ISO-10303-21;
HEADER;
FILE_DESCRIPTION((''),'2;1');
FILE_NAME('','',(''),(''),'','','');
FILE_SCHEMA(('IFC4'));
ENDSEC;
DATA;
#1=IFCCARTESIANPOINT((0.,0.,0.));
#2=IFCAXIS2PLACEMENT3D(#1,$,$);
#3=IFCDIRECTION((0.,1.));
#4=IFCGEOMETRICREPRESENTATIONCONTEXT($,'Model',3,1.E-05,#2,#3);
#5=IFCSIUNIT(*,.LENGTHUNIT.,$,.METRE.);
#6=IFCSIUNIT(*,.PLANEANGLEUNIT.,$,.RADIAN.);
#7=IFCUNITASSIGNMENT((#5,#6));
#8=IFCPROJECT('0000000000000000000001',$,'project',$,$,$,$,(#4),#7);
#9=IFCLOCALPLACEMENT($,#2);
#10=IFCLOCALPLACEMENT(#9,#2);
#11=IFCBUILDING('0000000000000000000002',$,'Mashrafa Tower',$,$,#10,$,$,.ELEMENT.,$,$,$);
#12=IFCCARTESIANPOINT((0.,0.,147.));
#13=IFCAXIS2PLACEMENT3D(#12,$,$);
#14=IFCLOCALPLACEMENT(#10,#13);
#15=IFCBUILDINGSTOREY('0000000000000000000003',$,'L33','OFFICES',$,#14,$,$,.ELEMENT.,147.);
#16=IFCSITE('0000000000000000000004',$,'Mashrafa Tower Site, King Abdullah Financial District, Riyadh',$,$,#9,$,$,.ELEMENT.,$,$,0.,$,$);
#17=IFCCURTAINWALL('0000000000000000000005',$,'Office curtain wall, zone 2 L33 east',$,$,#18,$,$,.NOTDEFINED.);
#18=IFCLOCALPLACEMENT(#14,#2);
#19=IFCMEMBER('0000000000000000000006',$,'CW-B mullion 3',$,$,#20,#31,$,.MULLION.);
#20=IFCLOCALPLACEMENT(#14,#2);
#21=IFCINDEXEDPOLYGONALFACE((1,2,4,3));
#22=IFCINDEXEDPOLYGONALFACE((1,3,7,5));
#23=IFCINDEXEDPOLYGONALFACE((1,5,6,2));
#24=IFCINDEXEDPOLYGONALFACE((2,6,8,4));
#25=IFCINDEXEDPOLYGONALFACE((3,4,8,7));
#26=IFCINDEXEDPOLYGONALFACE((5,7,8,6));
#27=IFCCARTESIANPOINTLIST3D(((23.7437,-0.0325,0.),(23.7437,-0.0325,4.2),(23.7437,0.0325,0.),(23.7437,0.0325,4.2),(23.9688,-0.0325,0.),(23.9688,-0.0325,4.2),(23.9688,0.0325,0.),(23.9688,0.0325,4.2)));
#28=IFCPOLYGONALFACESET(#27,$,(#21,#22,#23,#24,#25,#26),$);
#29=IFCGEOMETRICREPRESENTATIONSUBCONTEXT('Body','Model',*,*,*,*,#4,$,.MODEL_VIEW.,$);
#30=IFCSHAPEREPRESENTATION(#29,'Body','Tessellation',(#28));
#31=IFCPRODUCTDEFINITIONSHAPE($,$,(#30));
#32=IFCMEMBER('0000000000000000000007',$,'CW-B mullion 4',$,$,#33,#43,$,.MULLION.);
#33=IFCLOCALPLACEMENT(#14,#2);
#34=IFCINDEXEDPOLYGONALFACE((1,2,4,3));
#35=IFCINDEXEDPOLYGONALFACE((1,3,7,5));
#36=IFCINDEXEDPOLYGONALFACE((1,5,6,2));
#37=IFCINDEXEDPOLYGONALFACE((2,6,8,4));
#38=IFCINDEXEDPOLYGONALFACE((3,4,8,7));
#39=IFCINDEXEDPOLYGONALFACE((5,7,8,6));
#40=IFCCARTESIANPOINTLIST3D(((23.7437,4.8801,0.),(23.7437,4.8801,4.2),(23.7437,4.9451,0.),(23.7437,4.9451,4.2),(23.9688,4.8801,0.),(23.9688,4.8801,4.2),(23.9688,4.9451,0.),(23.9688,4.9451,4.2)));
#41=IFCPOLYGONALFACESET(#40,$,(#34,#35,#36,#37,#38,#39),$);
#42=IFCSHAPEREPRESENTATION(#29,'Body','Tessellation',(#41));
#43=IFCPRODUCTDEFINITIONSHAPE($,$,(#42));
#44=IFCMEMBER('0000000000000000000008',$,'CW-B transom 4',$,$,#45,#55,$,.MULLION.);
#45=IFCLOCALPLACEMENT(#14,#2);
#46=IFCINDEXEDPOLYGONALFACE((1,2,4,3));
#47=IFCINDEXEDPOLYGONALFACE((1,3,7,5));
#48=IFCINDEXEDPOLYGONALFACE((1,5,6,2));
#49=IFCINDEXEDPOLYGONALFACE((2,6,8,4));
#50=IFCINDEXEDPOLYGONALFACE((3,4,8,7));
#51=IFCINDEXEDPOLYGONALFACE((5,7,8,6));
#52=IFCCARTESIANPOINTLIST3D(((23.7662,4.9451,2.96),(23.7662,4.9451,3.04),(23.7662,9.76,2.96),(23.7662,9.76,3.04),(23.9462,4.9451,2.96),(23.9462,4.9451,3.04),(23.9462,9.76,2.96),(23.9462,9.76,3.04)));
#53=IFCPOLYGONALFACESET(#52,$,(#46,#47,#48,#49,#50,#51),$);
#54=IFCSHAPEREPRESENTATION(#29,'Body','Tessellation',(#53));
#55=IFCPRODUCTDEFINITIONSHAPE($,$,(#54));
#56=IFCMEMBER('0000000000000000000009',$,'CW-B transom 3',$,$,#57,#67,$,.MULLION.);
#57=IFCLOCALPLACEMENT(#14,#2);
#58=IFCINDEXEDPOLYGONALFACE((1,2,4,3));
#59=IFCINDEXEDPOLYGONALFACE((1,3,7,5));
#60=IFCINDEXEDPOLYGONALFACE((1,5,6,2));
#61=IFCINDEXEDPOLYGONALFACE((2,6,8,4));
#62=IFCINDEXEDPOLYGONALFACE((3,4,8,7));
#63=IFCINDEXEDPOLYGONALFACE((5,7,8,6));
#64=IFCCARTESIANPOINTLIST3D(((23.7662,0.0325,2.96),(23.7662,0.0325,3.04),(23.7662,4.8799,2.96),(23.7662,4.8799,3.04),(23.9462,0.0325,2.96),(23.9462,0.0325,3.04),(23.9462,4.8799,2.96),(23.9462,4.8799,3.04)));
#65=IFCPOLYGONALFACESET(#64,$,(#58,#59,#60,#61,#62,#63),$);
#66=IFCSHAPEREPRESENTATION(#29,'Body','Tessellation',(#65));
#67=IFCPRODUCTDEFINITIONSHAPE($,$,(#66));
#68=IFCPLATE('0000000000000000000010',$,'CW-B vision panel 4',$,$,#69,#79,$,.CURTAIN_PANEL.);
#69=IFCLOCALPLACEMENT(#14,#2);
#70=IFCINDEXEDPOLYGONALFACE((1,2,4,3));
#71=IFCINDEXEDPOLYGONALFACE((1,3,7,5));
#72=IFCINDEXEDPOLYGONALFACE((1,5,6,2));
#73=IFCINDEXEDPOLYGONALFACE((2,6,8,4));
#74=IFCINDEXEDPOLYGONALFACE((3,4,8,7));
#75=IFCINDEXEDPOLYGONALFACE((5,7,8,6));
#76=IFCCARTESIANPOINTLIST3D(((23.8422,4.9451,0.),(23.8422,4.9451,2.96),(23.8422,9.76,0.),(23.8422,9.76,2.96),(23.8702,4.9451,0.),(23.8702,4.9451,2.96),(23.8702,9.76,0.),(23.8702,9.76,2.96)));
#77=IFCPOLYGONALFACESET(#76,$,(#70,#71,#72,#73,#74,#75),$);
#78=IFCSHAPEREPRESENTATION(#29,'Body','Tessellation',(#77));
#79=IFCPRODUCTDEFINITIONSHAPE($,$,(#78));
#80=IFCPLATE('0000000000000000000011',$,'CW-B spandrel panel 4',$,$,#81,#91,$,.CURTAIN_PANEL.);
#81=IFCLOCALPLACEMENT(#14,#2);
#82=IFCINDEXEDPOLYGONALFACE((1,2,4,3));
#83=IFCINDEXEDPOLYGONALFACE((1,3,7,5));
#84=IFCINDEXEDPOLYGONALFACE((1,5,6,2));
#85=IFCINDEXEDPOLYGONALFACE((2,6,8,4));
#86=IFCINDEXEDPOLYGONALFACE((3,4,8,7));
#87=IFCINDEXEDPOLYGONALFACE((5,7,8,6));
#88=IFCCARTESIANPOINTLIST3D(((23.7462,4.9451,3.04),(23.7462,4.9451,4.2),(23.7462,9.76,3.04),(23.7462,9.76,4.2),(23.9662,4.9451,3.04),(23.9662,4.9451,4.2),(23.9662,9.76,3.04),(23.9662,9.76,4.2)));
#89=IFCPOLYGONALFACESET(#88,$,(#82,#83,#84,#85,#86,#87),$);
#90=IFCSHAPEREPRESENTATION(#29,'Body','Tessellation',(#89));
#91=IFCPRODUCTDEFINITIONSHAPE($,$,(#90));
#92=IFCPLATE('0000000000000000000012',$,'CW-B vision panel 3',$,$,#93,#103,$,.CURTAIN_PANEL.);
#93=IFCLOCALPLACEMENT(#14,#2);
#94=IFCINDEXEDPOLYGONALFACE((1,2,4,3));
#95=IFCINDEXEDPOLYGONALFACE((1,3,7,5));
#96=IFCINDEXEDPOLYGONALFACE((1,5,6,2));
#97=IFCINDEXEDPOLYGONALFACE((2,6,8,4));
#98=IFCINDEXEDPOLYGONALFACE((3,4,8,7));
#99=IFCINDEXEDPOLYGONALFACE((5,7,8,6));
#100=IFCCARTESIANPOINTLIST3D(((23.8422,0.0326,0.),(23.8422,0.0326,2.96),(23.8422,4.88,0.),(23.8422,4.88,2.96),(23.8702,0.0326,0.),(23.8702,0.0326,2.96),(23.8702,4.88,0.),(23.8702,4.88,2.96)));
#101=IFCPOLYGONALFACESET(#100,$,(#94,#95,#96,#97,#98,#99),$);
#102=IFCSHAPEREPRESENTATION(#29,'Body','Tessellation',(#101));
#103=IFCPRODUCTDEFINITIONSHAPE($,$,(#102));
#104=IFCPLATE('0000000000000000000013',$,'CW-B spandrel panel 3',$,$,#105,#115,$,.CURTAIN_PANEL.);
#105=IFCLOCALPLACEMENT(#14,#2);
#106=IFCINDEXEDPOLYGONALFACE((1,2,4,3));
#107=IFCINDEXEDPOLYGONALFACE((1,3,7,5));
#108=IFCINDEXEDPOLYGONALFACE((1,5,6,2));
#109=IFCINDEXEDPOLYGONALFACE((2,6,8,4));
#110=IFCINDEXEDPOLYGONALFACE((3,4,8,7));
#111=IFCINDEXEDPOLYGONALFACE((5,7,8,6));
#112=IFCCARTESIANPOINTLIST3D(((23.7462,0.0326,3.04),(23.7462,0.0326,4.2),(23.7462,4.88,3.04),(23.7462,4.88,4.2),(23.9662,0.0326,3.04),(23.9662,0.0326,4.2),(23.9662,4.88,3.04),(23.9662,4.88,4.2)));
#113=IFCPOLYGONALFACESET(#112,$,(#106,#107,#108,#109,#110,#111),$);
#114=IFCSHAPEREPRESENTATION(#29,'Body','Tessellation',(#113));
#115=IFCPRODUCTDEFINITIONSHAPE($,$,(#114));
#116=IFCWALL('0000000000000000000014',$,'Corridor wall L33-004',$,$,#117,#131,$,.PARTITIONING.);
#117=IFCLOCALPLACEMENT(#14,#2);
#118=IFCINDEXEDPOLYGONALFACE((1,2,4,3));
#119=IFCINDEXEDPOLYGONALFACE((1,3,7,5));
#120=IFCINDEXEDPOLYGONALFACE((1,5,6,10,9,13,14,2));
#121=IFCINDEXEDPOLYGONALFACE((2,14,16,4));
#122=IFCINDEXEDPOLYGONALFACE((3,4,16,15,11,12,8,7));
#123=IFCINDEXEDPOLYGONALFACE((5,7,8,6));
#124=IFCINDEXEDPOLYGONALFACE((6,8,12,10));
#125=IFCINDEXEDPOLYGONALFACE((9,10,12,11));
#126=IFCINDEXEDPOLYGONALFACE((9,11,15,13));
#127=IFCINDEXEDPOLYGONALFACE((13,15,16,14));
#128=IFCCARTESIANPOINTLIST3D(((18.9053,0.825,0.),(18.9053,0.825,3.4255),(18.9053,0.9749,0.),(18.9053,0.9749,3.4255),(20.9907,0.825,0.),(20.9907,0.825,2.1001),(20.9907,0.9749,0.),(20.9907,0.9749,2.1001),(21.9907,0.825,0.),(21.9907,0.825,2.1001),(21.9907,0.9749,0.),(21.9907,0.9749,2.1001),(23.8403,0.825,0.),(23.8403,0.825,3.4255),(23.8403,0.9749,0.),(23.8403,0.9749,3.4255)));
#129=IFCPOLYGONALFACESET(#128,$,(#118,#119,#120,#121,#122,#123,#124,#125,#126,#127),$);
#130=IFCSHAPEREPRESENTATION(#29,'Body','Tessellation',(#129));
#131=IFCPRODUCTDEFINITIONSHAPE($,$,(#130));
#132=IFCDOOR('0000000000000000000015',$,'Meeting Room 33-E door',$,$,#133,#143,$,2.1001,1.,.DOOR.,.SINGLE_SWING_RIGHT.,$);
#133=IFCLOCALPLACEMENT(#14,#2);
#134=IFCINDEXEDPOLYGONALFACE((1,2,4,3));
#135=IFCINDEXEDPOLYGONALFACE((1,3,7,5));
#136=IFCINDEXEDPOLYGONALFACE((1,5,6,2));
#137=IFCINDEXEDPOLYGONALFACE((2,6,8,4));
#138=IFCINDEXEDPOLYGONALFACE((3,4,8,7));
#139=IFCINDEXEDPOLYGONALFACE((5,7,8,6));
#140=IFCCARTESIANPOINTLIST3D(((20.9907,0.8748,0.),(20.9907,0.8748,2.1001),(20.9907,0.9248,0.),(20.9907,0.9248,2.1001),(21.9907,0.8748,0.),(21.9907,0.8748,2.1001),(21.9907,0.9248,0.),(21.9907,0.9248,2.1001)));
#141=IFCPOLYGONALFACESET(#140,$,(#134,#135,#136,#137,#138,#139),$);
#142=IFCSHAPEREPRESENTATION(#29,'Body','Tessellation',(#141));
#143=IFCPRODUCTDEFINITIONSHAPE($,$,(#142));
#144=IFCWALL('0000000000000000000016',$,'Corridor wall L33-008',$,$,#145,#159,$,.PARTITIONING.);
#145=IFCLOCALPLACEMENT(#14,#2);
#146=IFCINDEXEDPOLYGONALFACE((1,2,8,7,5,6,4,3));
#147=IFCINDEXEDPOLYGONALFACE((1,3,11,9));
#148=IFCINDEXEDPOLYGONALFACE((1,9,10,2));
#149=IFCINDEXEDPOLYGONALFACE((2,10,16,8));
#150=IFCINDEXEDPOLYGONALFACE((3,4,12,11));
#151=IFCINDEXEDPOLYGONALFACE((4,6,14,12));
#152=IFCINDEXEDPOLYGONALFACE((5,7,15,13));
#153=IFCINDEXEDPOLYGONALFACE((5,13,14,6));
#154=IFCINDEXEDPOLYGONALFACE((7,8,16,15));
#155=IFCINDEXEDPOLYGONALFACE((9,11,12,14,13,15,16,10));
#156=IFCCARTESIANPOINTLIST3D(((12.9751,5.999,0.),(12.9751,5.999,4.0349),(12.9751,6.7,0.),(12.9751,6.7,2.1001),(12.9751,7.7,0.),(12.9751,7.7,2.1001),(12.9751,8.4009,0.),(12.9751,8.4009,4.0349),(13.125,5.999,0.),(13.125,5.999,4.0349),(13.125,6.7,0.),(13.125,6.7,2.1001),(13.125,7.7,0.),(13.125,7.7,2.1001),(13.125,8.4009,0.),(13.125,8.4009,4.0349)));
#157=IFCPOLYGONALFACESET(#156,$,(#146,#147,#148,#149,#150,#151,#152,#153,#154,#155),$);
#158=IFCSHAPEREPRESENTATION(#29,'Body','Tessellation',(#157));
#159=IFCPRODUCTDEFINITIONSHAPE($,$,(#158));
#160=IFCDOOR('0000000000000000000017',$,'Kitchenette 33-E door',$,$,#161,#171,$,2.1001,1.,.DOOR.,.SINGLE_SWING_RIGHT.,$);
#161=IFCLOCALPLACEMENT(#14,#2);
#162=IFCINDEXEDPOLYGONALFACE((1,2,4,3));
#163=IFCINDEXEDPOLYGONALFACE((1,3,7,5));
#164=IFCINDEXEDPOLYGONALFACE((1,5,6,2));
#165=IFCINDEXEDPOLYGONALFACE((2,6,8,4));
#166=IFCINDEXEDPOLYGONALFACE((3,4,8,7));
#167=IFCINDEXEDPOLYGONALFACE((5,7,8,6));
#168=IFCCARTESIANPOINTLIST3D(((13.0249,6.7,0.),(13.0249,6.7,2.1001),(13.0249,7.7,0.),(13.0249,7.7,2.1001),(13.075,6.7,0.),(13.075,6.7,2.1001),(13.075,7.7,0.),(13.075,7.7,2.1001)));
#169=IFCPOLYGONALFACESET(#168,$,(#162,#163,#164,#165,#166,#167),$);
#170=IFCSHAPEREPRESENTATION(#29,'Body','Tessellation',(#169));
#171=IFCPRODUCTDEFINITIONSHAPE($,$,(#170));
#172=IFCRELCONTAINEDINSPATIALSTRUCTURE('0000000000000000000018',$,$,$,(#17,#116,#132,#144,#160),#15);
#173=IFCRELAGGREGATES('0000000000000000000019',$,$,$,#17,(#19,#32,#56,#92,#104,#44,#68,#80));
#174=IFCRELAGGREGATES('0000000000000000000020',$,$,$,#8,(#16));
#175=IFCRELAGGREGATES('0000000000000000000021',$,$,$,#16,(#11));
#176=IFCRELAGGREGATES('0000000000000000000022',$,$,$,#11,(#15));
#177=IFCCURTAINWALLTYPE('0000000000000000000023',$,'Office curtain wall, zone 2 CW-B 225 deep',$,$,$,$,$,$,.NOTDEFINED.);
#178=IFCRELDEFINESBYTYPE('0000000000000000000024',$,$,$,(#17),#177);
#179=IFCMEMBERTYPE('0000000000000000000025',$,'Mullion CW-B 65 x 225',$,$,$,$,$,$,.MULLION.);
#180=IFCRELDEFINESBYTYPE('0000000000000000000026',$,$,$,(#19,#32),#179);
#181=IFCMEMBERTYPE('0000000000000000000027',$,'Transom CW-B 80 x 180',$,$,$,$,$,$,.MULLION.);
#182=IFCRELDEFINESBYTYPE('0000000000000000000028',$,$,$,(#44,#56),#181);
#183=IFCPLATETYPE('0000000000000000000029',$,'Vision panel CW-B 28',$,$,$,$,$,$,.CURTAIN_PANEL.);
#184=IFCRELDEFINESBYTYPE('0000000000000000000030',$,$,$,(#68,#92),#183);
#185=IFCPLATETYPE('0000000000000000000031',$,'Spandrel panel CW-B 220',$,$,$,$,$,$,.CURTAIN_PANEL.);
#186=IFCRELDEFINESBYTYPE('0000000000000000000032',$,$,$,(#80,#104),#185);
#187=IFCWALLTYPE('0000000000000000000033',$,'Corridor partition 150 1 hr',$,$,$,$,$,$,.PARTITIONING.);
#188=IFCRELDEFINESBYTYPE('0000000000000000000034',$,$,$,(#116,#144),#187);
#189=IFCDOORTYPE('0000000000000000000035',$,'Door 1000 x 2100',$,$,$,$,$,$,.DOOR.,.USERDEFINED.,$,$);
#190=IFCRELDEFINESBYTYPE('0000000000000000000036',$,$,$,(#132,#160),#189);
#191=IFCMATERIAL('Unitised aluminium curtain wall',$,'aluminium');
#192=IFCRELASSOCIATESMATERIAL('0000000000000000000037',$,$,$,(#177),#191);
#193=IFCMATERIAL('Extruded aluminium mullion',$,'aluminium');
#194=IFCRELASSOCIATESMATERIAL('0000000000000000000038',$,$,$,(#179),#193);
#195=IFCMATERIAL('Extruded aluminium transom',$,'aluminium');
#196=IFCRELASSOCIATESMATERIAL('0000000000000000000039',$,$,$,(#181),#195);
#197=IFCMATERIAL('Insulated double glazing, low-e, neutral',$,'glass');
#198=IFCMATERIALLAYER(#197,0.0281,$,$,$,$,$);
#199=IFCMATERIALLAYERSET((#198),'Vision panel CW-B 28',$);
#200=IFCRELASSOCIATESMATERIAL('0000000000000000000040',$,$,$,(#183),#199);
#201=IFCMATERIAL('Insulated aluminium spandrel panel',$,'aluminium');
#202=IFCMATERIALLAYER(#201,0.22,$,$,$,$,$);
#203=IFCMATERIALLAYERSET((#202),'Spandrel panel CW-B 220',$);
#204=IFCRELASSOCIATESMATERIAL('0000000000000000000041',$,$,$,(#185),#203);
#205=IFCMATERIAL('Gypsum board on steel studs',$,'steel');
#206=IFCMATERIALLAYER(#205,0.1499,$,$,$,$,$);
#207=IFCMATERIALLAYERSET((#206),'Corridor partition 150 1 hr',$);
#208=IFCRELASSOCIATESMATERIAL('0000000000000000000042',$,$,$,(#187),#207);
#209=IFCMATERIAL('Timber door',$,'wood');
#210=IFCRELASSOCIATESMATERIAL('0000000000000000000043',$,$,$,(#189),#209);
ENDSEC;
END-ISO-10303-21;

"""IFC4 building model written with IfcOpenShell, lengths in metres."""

from ifc_helpers import new_model, si_unit, direction, frame, frame_2d, origin, origin_2d, place, context, subcontext, project, spatial, rectangle, extrude, source, transform, mapped, material, layer, layer_set, material_profile, profile_set, type_object, type_shapes, element, fill, aggregate, save


model = new_model("IFC4")

# Units and contexts
model_context = context("Model", 3, precision=1e-05, world=origin(), true_north=direction((0.0, 1.0)))
body_context = subcontext(model_context, "Body", "Model", "MODEL_VIEW")
ifc_project = project(units=[si_unit("LENGTHUNIT", "METRE"), si_unit("PLANEANGLEUNIT", "RADIAN")], contexts=[model_context])

# Site, building, storey
site_placement = place(None, origin())
site = spatial("IfcSite", under=ifc_project, at=site_placement, Name="Mashrafa Tower Site, King Abdullah Financial District, Riyadh", CompositionType="ELEMENT", RefElevation=0.0)
building_placement = place(site_placement, origin())
building = spatial("IfcBuilding", under=site, at=building_placement, Name="Mashrafa Tower", CompositionType="ELEMENT")
storey_placement = place(building_placement, frame((0.0, 0.0, 147.0)))
storey = spatial("IfcBuildingStorey", under=building, at=storey_placement, Name="L33", Description="OFFICES", CompositionType="ELEMENT", Elevation=147.0)

# Curtain wall, members, plates
ifc_material_1 = material(Name="Unitised aluminium curtain wall", Category="aluminium")
curtain_wall_type = type_object("IfcCurtainWallType", Name="Office curtain wall, zone 2 CW-B 225 deep", PredefinedType="NOTDEFINED", material=ifc_material_1)
curtain_wall_placement = place(storey_placement, origin())
curtain_wall = element("IfcCurtainWall", 1, at=curtain_wall_placement, inside=storey, type_object=curtain_wall_type, Name="Office curtain wall, zone 2 L33 east", PredefinedType="NOTDEFINED")
ifc_material_2 = material(Name="Extruded aluminium mullion", Category="aluminium")
ifc_material_profile_1 = material_profile(ifc_material_2, rectangle(XDim=0.2251, YDim=0.0649, at=origin_2d()), Name="Mullion 65x225")
ifc_profile_set_1 = profile_set([ifc_material_profile_1], Name="Extruded aluminium mullion")
member_type_1 = type_object("IfcMemberType", Name="Mullion CW-B 65 x 225", PredefinedType="MULLION", material=ifc_profile_set_1)
shared_shape_1 = source(origin(), body_context, "Body", "SweptSolid", [
    extrude(rectangle(XDim=0.2251, YDim=0.0649, at=origin_2d()), origin(), (0.0, 0.0, 1.0), 4.2),
])
type_shapes(member_type_1, [shared_shape_1])
member_1_placement = place(storey_placement, frame((23.8562, 0.0, 0.0), z_axis=(0.0, 0.0, 1.0), x_axis=(-1.0, 0.0, 0.0)))
member_1 = element("IfcMember", 2, at=member_1_placement, type_object=member_type_1, Name="CW-B mullion 3", PredefinedType="MULLION", context=body_context, shape_type="MappedRepresentation", body=[
    mapped(shared_shape_1, transform((0.0, 0.0, 0.0))),
])
member_2_placement = place(storey_placement, frame((23.8562, 4.9126, 0.0), z_axis=(0.0, 0.0, 1.0), x_axis=(-1.0, 0.0, 0.0)))
member_2 = element("IfcMember", 3, at=member_2_placement, type_object=member_type_1, Name="CW-B mullion 4", PredefinedType="MULLION", context=body_context, shape_type="MappedRepresentation", body=[
    mapped(shared_shape_1, transform((0.0, 0.0, 0.0))),
])
ifc_material_3 = material(Name="Extruded aluminium transom", Category="aluminium")
ifc_material_profile_2 = material_profile(ifc_material_3, rectangle(XDim=0.1799, YDim=0.0801, at=origin_2d()), Name="Transom 80x180")
ifc_profile_set_2 = profile_set([ifc_material_profile_2], Name="Extruded aluminium transom")
member_type_2 = type_object("IfcMemberType", Name="Transom CW-B 80 x 180", PredefinedType="MULLION", material=ifc_profile_set_2)
shared_shape_2 = source(origin(), body_context, "Body", "SweptSolid", [
    extrude(rectangle(XDim=0.1799, YDim=0.0801, at=origin_2d()), origin(), (0.0, 0.0, 1.0), 4.8149),
])
member_3_placement = place(storey_placement, frame((23.8562, 4.9451, 3.0), z_axis=(0.0, 1.0, 0.0), x_axis=(-1.0, 0.0, 0.0)))
member_3 = element("IfcMember", 4, at=member_3_placement, type_object=member_type_2, Name="CW-B transom 4", PredefinedType="MULLION", context=body_context, shape_type="MappedRepresentation", body=[
    mapped(shared_shape_2, transform((0.0, 0.0, 0.0))),
])
shared_shape_3 = source(origin(), body_context, "Body", "SweptSolid", [
    extrude(rectangle(XDim=0.1799, YDim=0.0801, at=origin_2d()), origin(), (0.0, 0.0, 1.0), 4.8474),
])
type_shapes(member_type_2, [shared_shape_2, shared_shape_3])
member_4_placement = place(storey_placement, frame((23.8562, 0.0325, 3.0), z_axis=(0.0, 1.0, 0.0), x_axis=(-1.0, 0.0, 0.0)))
member_4 = element("IfcMember", 5, at=member_4_placement, type_object=member_type_2, Name="CW-B transom 3", PredefinedType="MULLION", context=body_context, shape_type="MappedRepresentation", body=[
    mapped(shared_shape_3, transform((0.0, 0.0, 0.0))),
])
ifc_material_4 = material(Name="Insulated double glazing, low-e, neutral", Category="glass")
ifc_layer_1 = layer(ifc_material_4, 0.0281)
ifc_layer_set_1 = layer_set([ifc_layer_1], Name="Vision panel CW-B 28")
plate_type_1 = type_object("IfcPlateType", Name="Vision panel CW-B 28", PredefinedType="CURTAIN_PANEL", material=ifc_layer_set_1)
shared_shape_4 = source(origin(), body_context, "Body", "SweptSolid", [
    extrude(rectangle(XDim=4.8149, YDim=0.0281, at=origin_2d()), origin(), (0.0, 0.0, 1.0), 2.96),
])
plate_1_placement = place(storey_placement, frame((23.8562, 7.3525, 0.0), z_axis=(0.0, 0.0, 1.0), x_axis=(0.0, 1.0, 0.0)))
plate_1 = element("IfcPlate", 6, at=plate_1_placement, type_object=plate_type_1, Name="CW-B vision panel 4", PredefinedType="CURTAIN_PANEL", context=body_context, shape_type="MappedRepresentation", body=[
    mapped(shared_shape_4, transform((0.0, 0.0, 0.0))),
])
ifc_material_5 = material(Name="Insulated aluminium spandrel panel", Category="aluminium")
ifc_layer_2 = layer(ifc_material_5, 0.22)
ifc_layer_set_2 = layer_set([ifc_layer_2], Name="Spandrel panel CW-B 220")
plate_type_2 = type_object("IfcPlateType", Name="Spandrel panel CW-B 220", PredefinedType="CURTAIN_PANEL", material=ifc_layer_set_2)
shared_shape_5 = source(origin(), body_context, "Body", "SweptSolid", [
    extrude(rectangle(XDim=4.8149, YDim=0.22, at=origin_2d()), origin(), (0.0, 0.0, 1.0), 1.1599),
])
plate_2_placement = place(storey_placement, frame((23.8562, 7.3525, 3.04), z_axis=(0.0, 0.0, 1.0), x_axis=(0.0, 1.0, 0.0)))
plate_2 = element("IfcPlate", 7, at=plate_2_placement, type_object=plate_type_2, Name="CW-B spandrel panel 4", PredefinedType="CURTAIN_PANEL", context=body_context, shape_type="MappedRepresentation", body=[
    mapped(shared_shape_5, transform((0.0, 0.0, 0.0))),
])
shared_shape_6 = source(origin(), body_context, "Body", "SweptSolid", [
    extrude(rectangle(XDim=4.8474, YDim=0.0281, at=origin_2d()), origin(), (0.0, 0.0, 1.0), 2.96),
])
type_shapes(plate_type_1, [shared_shape_4, shared_shape_6])
plate_3_placement = place(storey_placement, frame((23.8562, 2.4563, 0.0), z_axis=(0.0, 0.0, 1.0), x_axis=(0.0, 1.0, 0.0)))
plate_3 = element("IfcPlate", 8, at=plate_3_placement, type_object=plate_type_1, Name="CW-B vision panel 3", PredefinedType="CURTAIN_PANEL", context=body_context, shape_type="MappedRepresentation", body=[
    mapped(shared_shape_6, transform((0.0, 0.0, 0.0))),
])
shared_shape_7 = source(origin(), body_context, "Body", "SweptSolid", [
    extrude(rectangle(XDim=4.8474, YDim=0.22, at=origin_2d()), origin(), (0.0, 0.0, 1.0), 1.1599),
])
type_shapes(plate_type_2, [shared_shape_5, shared_shape_7])
plate_4_placement = place(storey_placement, frame((23.8562, 2.4563, 3.04), z_axis=(0.0, 0.0, 1.0), x_axis=(0.0, 1.0, 0.0)))
plate_4 = element("IfcPlate", 9, at=plate_4_placement, type_object=plate_type_2, Name="CW-B spandrel panel 3", PredefinedType="CURTAIN_PANEL", context=body_context, shape_type="MappedRepresentation", body=[
    mapped(shared_shape_7, transform((0.0, 0.0, 0.0))),
])
aggregate(curtain_wall, [member_1, member_2, member_4, plate_3, plate_4, member_3, plate_1, plate_2])

# Walls, openings, doors
ifc_material_6 = material(Name="Gypsum board on steel studs", Category="steel")
ifc_layer_3 = layer(ifc_material_6, 0.1499)
ifc_layer_set_3 = layer_set([ifc_layer_3], Name="Corridor partition 150 1 hr")
wall_type_1 = type_object("IfcWallType", Name="Corridor partition 150 1 hr", PredefinedType="PARTITIONING", material=ifc_layer_set_3)
wall_1_placement = place(storey_placement, frame((23.8403, 0.8999, 0.0), z_axis=(0.0, 0.0, 1.0), x_axis=(-1.0, 0.0, 0.0)))
wall_1 = element("IfcWall", 10, at=wall_1_placement, inside=storey, type_object=wall_type_1, Name="Corridor wall L33-004", PredefinedType="PARTITIONING", context=body_context, shape_type="SweptSolid", body=[
    extrude(rectangle(XDim=4.9351, YDim=0.1499, at=frame_2d((2.4675, 0.0))), origin(), (0.0, 0.0, 1.0), 3.4255),
])
opening_1_placement = place(wall_1_placement, frame((1.8496, 0.0, 0.0)))
opening_1 = element("IfcOpeningElement", 11, at=opening_1_placement, cuts=wall_1, PredefinedType="OPENING", context=body_context, shape_type="SweptSolid", body=[
    extrude(rectangle(XDim=1.0, YDim=2.1001, at=frame_2d((0.5, 1.05))), frame((0.0, 0.085, 0.0), z_axis=(0.0, -1.0, 0.0), x_axis=(1.0, 0.0, 0.0)), (0.0, 0.0, 1.0), 0.1699),
])
ifc_material_7 = material(Name="Timber door", Category="wood")
door_type_1 = type_object("IfcDoorType", Name="Door 1000 x 2100", OperationType="USERDEFINED", PredefinedType="DOOR", material=ifc_material_7)
door_1_placement = place(opening_1_placement, frame((1.0, 0.0, 0.0), z_axis=(0.0, 0.0, 1.0), x_axis=(-1.0, 0.0, 0.0)))
door_1 = element("IfcDoor", 12, at=door_1_placement, inside=storey, type_object=door_type_1, Name="Meeting Room 33-E door", OperationType="SINGLE_SWING_RIGHT", OverallHeight=2.1001, OverallWidth=1.0, PredefinedType="DOOR", context=body_context, shape_type="SweptSolid", body=[
    extrude(rectangle(XDim=1.0, YDim=2.1001, at=frame_2d((0.5, 1.05))), frame((0.0, 0.0249, 0.0), z_axis=(0.0, -1.0, 0.0), x_axis=(1.0, 0.0, 0.0)), (0.0, 0.0, 1.0), 0.05),
])
fill(opening_1, door_1)
wall_2_placement = place(storey_placement, frame((13.05, 5.999, 0.0), z_axis=(0.0, 0.0, 1.0), x_axis=(0.0, 1.0, 0.0)))
wall_2 = element("IfcWall", 13, at=wall_2_placement, inside=storey, type_object=wall_type_1, Name="Corridor wall L33-008", PredefinedType="PARTITIONING", context=body_context, shape_type="SweptSolid", body=[
    extrude(rectangle(XDim=2.4019, YDim=0.1499, at=frame_2d((1.2009, 0.0))), origin(), (0.0, 0.0, 1.0), 4.0349),
])
opening_2_placement = place(wall_2_placement, frame((0.7009, 0.0, 0.0)))
opening_2 = element("IfcOpeningElement", 14, at=opening_2_placement, cuts=wall_2, PredefinedType="OPENING", context=body_context, shape_type="SweptSolid", body=[
    extrude(rectangle(XDim=1.0, YDim=2.1001, at=frame_2d((0.5, 1.05))), frame((0.0, 0.085, 0.0), z_axis=(0.0, -1.0, 0.0), x_axis=(1.0, 0.0, 0.0)), (0.0, 0.0, 1.0), 0.1699),
])
door_2_placement = place(opening_2_placement, frame((1.0, 0.0, 0.0), z_axis=(0.0, 0.0, 1.0), x_axis=(-1.0, 0.0, 0.0)))
door_2 = element("IfcDoor", 15, at=door_2_placement, inside=storey, type_object=door_type_1, Name="Kitchenette 33-E door", OperationType="SINGLE_SWING_RIGHT", OverallHeight=2.1001, OverallWidth=1.0, PredefinedType="DOOR", context=body_context, shape_type="SweptSolid", body=[
    extrude(rectangle(XDim=1.0, YDim=2.1001, at=frame_2d((0.5, 1.05))), frame((0.0, 0.0249, 0.0), z_axis=(0.0, -1.0, 0.0), x_axis=(1.0, 0.0, 0.0)), (0.0, 0.0, 1.0), 0.05),
])
fill(opening_2, door_2)

save(model, "model.ifc")
